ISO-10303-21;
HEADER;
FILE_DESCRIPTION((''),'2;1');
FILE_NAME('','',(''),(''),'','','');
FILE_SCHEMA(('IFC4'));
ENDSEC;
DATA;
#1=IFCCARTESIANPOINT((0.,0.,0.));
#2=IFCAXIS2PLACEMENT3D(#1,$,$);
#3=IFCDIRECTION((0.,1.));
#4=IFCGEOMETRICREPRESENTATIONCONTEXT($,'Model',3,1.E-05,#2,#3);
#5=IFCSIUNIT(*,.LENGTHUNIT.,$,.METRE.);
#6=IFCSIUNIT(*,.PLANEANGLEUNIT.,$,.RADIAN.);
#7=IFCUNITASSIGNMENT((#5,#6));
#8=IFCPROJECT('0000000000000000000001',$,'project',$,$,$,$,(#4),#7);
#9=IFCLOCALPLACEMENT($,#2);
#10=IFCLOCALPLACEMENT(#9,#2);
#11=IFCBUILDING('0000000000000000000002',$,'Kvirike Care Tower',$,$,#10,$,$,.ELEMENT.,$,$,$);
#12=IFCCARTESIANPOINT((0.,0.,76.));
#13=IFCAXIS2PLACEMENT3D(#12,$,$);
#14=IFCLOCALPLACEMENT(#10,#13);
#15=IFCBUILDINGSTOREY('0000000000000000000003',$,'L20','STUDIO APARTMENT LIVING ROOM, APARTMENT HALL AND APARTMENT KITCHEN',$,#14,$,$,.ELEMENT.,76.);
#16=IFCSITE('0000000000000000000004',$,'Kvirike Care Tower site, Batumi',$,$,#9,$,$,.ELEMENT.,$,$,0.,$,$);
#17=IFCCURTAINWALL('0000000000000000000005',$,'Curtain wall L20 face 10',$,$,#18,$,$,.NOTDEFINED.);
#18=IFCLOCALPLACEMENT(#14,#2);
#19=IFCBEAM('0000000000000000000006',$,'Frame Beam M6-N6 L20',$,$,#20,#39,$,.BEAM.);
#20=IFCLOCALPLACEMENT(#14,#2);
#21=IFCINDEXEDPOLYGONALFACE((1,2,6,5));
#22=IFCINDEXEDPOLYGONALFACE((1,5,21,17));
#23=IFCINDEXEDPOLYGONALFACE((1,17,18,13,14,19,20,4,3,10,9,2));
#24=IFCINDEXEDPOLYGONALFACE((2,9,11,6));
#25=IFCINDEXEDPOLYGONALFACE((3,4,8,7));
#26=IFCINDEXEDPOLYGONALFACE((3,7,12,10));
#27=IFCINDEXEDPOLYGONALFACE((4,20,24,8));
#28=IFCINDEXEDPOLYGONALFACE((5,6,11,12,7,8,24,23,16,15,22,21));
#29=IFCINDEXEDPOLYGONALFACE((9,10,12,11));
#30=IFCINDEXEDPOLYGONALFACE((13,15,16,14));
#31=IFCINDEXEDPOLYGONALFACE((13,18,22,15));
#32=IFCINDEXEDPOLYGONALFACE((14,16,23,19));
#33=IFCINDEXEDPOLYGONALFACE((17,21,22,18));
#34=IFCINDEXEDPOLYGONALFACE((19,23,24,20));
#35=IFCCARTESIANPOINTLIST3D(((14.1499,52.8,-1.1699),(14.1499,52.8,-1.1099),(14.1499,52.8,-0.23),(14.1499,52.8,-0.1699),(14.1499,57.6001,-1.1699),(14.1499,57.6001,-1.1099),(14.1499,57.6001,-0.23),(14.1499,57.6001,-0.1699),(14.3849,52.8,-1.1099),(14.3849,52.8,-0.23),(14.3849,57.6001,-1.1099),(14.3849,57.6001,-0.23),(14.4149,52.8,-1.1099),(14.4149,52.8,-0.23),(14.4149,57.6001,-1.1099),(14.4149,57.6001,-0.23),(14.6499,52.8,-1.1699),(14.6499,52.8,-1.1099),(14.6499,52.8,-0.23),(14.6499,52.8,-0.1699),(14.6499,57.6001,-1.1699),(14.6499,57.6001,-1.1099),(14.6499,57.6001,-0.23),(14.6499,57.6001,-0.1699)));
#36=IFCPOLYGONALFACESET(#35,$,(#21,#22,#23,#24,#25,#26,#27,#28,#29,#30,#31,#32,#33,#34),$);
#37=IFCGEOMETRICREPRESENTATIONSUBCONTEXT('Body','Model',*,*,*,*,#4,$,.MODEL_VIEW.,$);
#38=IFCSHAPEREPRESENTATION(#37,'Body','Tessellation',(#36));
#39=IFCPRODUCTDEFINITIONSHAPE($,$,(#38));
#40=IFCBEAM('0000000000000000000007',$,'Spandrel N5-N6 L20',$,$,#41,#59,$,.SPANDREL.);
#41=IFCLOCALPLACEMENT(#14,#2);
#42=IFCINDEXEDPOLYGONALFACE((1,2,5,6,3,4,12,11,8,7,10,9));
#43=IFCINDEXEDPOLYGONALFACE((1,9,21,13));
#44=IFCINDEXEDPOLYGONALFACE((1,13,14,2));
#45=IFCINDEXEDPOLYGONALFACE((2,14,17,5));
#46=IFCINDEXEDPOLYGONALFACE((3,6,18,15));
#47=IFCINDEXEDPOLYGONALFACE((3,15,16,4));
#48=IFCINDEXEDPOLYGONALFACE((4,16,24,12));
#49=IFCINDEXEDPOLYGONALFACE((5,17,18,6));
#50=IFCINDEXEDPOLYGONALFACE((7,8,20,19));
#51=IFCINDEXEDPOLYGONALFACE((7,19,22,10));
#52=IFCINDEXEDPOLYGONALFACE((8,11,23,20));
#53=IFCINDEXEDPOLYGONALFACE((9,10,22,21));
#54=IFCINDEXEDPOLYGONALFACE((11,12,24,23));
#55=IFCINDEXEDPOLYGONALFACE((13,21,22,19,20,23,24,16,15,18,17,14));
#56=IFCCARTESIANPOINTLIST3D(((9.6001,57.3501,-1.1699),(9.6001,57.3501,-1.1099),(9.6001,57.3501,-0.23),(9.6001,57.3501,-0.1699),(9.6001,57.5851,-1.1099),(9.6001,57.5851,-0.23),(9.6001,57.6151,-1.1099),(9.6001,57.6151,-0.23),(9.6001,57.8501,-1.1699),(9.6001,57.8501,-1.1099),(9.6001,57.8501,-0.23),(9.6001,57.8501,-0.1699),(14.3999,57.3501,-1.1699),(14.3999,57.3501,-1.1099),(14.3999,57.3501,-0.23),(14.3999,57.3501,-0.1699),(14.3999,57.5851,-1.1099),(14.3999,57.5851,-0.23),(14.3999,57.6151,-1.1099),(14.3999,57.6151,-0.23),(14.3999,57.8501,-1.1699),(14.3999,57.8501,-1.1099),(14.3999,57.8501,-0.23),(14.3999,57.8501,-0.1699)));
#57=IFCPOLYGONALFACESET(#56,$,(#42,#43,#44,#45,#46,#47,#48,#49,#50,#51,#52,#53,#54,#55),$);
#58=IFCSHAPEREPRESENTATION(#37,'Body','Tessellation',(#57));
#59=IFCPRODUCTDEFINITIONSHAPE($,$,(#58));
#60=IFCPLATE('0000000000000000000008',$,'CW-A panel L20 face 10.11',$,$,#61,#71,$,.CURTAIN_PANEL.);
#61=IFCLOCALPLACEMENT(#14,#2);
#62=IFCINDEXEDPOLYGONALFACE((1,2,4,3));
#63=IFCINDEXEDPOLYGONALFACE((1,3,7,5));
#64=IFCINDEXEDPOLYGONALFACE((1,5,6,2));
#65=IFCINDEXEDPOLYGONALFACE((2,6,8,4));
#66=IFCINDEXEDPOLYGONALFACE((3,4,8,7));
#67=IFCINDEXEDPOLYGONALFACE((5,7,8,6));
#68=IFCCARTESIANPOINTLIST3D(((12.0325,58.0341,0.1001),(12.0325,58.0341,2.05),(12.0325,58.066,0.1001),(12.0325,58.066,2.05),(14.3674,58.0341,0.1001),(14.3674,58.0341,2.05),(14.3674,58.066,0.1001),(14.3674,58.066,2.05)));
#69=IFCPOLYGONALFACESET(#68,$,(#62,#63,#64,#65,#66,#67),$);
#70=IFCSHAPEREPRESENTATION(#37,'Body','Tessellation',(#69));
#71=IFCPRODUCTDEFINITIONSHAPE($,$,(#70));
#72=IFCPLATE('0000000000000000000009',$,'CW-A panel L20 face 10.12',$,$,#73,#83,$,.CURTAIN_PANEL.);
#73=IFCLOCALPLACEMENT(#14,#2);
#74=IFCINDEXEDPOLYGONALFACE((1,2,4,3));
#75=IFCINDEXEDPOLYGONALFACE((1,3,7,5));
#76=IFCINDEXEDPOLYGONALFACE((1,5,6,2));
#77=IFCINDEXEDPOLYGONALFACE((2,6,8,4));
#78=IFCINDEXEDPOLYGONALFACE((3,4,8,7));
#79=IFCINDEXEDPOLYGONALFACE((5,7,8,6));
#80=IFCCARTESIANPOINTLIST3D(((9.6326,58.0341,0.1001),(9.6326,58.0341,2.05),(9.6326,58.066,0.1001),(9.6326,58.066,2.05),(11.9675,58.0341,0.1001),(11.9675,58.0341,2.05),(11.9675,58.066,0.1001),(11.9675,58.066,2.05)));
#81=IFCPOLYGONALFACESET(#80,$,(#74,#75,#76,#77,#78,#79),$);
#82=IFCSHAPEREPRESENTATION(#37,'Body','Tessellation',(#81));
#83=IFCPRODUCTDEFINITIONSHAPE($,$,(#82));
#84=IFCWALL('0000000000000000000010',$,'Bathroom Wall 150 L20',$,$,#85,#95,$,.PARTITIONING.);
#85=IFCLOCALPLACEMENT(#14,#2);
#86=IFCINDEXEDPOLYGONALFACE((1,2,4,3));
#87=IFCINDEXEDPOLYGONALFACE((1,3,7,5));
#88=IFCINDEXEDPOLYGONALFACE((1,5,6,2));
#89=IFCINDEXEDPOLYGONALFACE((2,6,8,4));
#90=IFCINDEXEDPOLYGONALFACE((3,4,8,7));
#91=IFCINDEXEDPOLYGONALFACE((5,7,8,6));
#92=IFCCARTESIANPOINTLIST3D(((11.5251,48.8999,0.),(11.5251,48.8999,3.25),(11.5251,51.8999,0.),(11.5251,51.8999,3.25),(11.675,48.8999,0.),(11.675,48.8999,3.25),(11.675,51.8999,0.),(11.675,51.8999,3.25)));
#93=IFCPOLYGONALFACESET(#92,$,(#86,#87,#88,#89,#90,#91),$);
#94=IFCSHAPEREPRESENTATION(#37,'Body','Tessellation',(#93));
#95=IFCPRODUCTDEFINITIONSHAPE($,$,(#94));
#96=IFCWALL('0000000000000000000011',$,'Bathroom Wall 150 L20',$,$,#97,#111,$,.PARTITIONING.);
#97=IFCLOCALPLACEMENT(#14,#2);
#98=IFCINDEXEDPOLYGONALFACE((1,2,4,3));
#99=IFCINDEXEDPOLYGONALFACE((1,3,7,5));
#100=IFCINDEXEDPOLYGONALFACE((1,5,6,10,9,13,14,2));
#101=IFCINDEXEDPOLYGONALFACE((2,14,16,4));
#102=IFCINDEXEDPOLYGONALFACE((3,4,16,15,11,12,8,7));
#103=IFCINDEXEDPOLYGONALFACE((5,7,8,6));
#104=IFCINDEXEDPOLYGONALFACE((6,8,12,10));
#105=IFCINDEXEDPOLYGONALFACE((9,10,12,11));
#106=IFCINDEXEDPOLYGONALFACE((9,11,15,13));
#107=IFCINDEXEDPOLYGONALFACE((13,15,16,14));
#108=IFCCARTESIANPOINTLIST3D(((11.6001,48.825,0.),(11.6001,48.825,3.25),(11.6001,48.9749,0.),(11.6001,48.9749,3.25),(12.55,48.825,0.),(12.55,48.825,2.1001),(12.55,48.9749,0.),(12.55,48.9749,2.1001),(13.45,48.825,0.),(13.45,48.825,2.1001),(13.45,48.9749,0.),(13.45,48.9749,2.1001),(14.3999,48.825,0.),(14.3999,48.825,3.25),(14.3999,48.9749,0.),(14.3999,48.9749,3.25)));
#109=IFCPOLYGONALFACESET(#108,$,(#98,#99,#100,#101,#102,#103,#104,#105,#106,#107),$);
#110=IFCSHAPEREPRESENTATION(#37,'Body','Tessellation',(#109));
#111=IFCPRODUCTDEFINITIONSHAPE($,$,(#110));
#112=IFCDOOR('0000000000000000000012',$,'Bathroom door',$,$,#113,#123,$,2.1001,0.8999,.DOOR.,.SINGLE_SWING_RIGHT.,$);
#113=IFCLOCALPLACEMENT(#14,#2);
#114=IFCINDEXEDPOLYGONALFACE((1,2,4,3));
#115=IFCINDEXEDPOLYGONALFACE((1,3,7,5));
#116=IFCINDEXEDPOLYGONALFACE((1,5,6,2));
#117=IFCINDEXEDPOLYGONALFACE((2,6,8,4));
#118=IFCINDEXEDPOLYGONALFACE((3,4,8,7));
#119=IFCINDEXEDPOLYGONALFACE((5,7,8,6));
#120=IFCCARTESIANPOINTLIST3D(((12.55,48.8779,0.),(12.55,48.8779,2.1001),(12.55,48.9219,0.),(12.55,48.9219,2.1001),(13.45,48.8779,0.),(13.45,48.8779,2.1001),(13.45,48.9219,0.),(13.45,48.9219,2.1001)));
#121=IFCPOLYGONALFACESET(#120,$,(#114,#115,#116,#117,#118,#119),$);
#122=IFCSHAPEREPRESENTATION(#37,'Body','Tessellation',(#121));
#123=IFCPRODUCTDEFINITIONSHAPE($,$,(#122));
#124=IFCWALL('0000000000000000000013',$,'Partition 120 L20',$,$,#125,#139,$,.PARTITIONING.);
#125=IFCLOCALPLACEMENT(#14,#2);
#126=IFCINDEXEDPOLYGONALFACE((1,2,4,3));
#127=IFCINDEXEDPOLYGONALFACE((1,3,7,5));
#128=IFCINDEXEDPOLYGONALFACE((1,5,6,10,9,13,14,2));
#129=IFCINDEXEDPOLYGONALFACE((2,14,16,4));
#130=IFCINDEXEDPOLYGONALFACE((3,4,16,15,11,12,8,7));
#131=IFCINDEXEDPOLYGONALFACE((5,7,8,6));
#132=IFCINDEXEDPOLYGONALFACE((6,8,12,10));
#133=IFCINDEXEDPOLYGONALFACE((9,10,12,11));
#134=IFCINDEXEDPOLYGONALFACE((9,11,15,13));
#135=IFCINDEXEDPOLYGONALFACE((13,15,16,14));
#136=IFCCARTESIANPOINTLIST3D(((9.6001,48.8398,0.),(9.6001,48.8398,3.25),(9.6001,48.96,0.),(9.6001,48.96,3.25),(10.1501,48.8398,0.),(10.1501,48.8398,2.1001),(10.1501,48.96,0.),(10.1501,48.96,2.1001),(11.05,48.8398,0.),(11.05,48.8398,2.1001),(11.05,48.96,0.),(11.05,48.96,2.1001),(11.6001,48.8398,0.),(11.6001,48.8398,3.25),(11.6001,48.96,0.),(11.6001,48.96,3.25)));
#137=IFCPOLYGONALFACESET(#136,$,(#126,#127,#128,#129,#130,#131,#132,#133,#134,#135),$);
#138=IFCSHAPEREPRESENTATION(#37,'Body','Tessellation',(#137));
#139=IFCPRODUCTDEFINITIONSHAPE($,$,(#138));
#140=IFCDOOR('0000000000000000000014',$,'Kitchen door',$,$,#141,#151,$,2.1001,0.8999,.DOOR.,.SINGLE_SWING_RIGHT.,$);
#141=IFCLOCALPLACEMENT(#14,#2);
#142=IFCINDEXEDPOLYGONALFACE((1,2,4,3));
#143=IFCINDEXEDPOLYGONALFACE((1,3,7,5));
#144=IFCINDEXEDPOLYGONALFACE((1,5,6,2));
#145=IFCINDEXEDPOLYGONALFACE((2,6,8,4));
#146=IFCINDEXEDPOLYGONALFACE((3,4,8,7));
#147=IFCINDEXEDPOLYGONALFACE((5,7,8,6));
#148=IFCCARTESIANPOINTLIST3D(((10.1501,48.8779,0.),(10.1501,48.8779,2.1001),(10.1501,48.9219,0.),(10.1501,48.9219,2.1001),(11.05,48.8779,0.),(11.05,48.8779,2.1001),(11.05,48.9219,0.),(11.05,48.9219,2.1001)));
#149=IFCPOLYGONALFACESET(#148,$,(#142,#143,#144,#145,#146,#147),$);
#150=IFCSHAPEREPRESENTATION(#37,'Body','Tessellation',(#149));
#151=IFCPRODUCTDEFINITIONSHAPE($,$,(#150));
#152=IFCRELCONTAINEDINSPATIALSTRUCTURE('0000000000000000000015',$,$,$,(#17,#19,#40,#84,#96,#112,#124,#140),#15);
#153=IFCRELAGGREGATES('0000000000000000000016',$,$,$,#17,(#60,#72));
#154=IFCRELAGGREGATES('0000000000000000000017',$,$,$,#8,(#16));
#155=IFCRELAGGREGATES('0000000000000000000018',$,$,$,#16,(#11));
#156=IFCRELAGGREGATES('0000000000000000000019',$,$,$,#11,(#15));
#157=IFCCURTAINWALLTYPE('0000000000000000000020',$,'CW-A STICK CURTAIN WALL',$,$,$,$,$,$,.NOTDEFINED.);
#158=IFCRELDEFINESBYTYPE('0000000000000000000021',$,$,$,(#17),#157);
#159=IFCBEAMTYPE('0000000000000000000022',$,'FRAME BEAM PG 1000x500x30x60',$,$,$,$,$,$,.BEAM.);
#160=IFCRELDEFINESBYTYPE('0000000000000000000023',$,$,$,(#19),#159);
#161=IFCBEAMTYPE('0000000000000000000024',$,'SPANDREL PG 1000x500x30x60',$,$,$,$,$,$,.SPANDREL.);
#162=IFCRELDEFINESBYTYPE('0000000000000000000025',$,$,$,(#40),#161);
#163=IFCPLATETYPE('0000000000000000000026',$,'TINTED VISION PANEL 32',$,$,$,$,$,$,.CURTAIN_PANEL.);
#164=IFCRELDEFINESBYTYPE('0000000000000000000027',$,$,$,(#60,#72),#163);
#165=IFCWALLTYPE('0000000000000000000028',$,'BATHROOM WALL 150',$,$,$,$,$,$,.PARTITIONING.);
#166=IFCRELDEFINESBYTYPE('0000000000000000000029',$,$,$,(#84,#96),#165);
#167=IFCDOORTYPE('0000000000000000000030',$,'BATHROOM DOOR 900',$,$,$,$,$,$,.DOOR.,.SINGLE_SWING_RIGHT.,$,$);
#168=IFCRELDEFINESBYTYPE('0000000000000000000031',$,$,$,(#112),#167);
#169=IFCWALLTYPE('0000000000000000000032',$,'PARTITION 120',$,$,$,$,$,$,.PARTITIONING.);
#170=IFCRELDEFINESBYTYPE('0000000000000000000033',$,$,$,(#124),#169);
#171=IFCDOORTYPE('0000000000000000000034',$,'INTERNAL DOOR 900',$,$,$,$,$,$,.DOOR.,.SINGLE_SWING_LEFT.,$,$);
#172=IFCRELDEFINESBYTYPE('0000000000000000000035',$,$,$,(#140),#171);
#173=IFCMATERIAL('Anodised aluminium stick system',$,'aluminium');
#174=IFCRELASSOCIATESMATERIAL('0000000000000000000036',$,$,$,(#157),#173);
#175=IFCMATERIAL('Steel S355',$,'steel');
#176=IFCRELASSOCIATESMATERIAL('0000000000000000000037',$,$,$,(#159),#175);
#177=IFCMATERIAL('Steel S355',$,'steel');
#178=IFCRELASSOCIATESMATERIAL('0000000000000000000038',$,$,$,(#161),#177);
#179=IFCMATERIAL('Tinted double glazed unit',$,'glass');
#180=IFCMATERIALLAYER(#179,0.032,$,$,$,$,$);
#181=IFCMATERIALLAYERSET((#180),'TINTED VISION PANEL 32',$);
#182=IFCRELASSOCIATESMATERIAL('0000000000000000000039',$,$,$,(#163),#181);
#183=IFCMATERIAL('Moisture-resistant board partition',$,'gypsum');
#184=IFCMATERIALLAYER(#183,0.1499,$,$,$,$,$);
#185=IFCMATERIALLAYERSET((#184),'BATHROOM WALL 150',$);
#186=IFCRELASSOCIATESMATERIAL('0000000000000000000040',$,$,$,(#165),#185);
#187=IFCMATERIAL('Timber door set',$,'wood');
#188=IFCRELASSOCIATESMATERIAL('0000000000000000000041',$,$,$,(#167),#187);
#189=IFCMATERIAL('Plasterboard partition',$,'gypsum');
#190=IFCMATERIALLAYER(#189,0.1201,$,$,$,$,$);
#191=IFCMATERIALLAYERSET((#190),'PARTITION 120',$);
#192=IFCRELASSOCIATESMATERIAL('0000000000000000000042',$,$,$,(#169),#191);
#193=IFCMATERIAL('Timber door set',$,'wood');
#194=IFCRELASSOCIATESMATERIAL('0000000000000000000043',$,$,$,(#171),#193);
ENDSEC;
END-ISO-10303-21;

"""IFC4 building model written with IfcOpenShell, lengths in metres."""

from ifc_helpers import new_model, si_unit, direction, frame, frame_2d, origin, origin_2d, place, context, subcontext, project, spatial, rectangle, i_section, extrude, material, layer, layer_set, material_profile, profile_set, type_object, element, fill, aggregate, save


model = new_model("IFC4")

# Units and contexts
model_context = context("Model", 3, precision=1e-05, world=origin(), true_north=direction((0.0, 1.0)))
body_context = subcontext(model_context, "Body", "Model", "MODEL_VIEW")
ifc_project = project(units=[si_unit("LENGTHUNIT", "METRE"), si_unit("PLANEANGLEUNIT", "RADIAN")], contexts=[model_context])

# Site, building, storey
site_placement = place(None, origin())
site = spatial("IfcSite", under=ifc_project, at=site_placement, Name="Kvirike Care Tower site, Batumi", CompositionType="ELEMENT", RefElevation=0.0)
building_placement = place(site_placement, origin())
building = spatial("IfcBuilding", under=site, at=building_placement, Name="Kvirike Care Tower", CompositionType="ELEMENT")
storey_placement = place(building_placement, frame((0.0, 0.0, 76.0)))
storey = spatial("IfcBuildingStorey", under=building, at=storey_placement, Name="L20", Description="STUDIO APARTMENT LIVING ROOM, APARTMENT HALL AND APARTMENT KITCHEN", CompositionType="ELEMENT", Elevation=76.0)

# Curtain wall
ifc_material_1 = material(Name="Anodised aluminium stick system", Category="aluminium")
curtain_wall_type = type_object("IfcCurtainWallType", Name="CW-A STICK CURTAIN WALL", PredefinedType="NOTDEFINED", material=ifc_material_1)
curtain_wall_placement = place(storey_placement, origin())
curtain_wall = element("IfcCurtainWall", 1, at=curtain_wall_placement, inside=storey, type_object=curtain_wall_type, Name="Curtain wall L20 face 10", PredefinedType="NOTDEFINED")

# Beams
ifc_material_2 = material(Name="Steel S355", Category="steel")
ifc_material_profile_1 = material_profile(ifc_material_2, i_section(OverallWidth=0.5, OverallDepth=1.0, WebThickness=0.03, FlangeThickness=0.0601, at=origin_2d()), Name="PG 1000x500x30x60")
ifc_profile_set_1 = profile_set([ifc_material_profile_1], Name="Steel S355")
beam_type_1 = type_object("IfcBeamType", Name="FRAME BEAM PG 1000x500x30x60", PredefinedType="BEAM", material=ifc_profile_set_1)
beam_1_placement = place(storey_placement, frame((14.3999, 52.8, -0.6699), z_axis=(0.0, 1.0, 0.0), x_axis=(-1.0, 0.0, 0.0)))
element("IfcBeam", 2, at=beam_1_placement, inside=storey, type_object=beam_type_1, Name="Frame Beam M6-N6 L20", PredefinedType="BEAM", context=body_context, shape_type="SweptSolid", body=[
    extrude(i_section(OverallWidth=0.5, OverallDepth=1.0, WebThickness=0.03, FlangeThickness=0.0601, at=origin_2d()), origin(), (0.0, 0.0, 1.0), 4.8),
])
ifc_material_3 = material(Name="Steel S355", Category="steel")
ifc_material_profile_2 = material_profile(ifc_material_3, i_section(OverallWidth=0.5, OverallDepth=1.0, WebThickness=0.03, FlangeThickness=0.0601, at=origin_2d()), Name="PG 1000x500x30x60")
ifc_profile_set_2 = profile_set([ifc_material_profile_2], Name="Steel S355")
beam_type_2 = type_object("IfcBeamType", Name="SPANDREL PG 1000x500x30x60", PredefinedType="SPANDREL", material=ifc_profile_set_2)
beam_2_placement = place(storey_placement, frame((9.6001, 57.6001, -0.6699), z_axis=(1.0, 0.0, 0.0), x_axis=(0.0, 1.0, 0.0)))
element("IfcBeam", 3, at=beam_2_placement, inside=storey, type_object=beam_type_2, Name="Spandrel N5-N6 L20", PredefinedType="SPANDREL", context=body_context, shape_type="SweptSolid", body=[
    extrude(i_section(OverallWidth=0.5, OverallDepth=1.0, WebThickness=0.03, FlangeThickness=0.0601, at=origin_2d()), origin(), (0.0, 0.0, 1.0), 4.7998),
])

# Plates
ifc_material_4 = material(Name="Tinted double glazed unit", Category="glass")
ifc_layer_1 = layer(ifc_material_4, 0.032)
ifc_layer_set_1 = layer_set([ifc_layer_1], Name="TINTED VISION PANEL 32")
plate_type = type_object("IfcPlateType", Name="TINTED VISION PANEL 32", PredefinedType="CURTAIN_PANEL", material=ifc_layer_set_1)
plate_1_placement = place(storey_placement, frame((13.2, 58.05, 0.1001), z_axis=(0.0, 0.0, 1.0), x_axis=(-1.0, 0.0, 0.0)))
plate_1 = element("IfcPlate", 4, at=plate_1_placement, type_object=plate_type, Name="CW-A panel L20 face 10.11", PredefinedType="CURTAIN_PANEL", context=body_context, shape_type="SweptSolid", body=[
    extrude(rectangle(XDim=2.335, YDim=0.032, at=origin_2d()), origin(), (0.0, 0.0, 1.0), 1.95),
])
plate_2_placement = place(storey_placement, frame((10.8, 58.05, 0.1001), z_axis=(0.0, 0.0, 1.0), x_axis=(-1.0, 0.0, 0.0)))
plate_2 = element("IfcPlate", 5, at=plate_2_placement, type_object=plate_type, Name="CW-A panel L20 face 10.12", PredefinedType="CURTAIN_PANEL", context=body_context, shape_type="SweptSolid", body=[
    extrude(rectangle(XDim=2.335, YDim=0.032, at=origin_2d()), origin(), (0.0, 0.0, 1.0), 1.95),
])
aggregate(curtain_wall, [plate_1, plate_2])

# Wall
ifc_material_5 = material(Name="Moisture-resistant board partition", Category="gypsum")
ifc_layer_2 = layer(ifc_material_5, 0.1499)
ifc_layer_set_2 = layer_set([ifc_layer_2], Name="BATHROOM WALL 150")
wall_type_1 = type_object("IfcWallType", Name="BATHROOM WALL 150", PredefinedType="PARTITIONING", material=ifc_layer_set_2)
wall_1_placement = place(storey_placement, frame((11.6001, 51.8999, 0.0), z_axis=(0.0, 0.0, 1.0), x_axis=(0.0, -1.0, 0.0)))
element("IfcWall", 6, at=wall_1_placement, inside=storey, type_object=wall_type_1, Name="Bathroom Wall 150 L20", PredefinedType="PARTITIONING", context=body_context, shape_type="SweptSolid", body=[
    extrude(rectangle(XDim=3.0, YDim=0.1499, at=frame_2d((1.5, 0.0))), origin(), (0.0, 0.0, 1.0), 3.25),
])

# Walls, openings, doors
wall_2_placement = place(storey_placement, frame((14.3999, 48.8999, 0.0), z_axis=(0.0, 0.0, 1.0), x_axis=(-1.0, 0.0, 0.0)))
wall_2 = element("IfcWall", 7, at=wall_2_placement, inside=storey, type_object=wall_type_1, Name="Bathroom Wall 150 L20", PredefinedType="PARTITIONING", context=body_context, shape_type="SweptSolid", body=[
    extrude(rectangle(XDim=2.7998, YDim=0.1499, at=frame_2d((1.3999, 0.0))), origin(), (0.0, 0.0, 1.0), 3.25),
])
opening_1_placement = place(wall_2_placement, frame((0.95, 0.0, 0.0)))
opening_1 = element("IfcOpeningElement", 8, at=opening_1_placement, cuts=wall_2, PredefinedType="OPENING", context=body_context, shape_type="SweptSolid", body=[
    extrude(rectangle(XDim=0.8999, YDim=2.1001, at=frame_2d((0.45, 1.05))), frame((0.0, 0.0854, 0.0), z_axis=(0.0, -1.0, 0.0), x_axis=(1.0, 0.0, 0.0)), (0.0, 0.0, 1.0), 0.1709),
])
ifc_material_6 = material(Name="Timber door set", Category="wood")
door_type_1 = type_object("IfcDoorType", Name="BATHROOM DOOR 900", OperationType="SINGLE_SWING_RIGHT", PredefinedType="DOOR", material=ifc_material_6)
door_1_placement = place(opening_1_placement, frame((0.8999, 0.0, 0.0), z_axis=(0.0, 0.0, 1.0), x_axis=(-1.0, 0.0, 0.0)))
door_1 = element("IfcDoor", 9, at=door_1_placement, inside=storey, type_object=door_type_1, Name="Bathroom door", OperationType="SINGLE_SWING_RIGHT", OverallHeight=2.1001, OverallWidth=0.8999, PredefinedType="DOOR", context=body_context, shape_type="SweptSolid", body=[
    extrude(rectangle(XDim=0.8999, YDim=2.1001, at=frame_2d((0.45, 1.05))), frame((0.0, 0.022, 0.0), z_axis=(0.0, -1.0, 0.0), x_axis=(1.0, 0.0, 0.0)), (0.0, 0.0, 1.0), 0.0439),
])
fill(opening_1, door_1)
ifc_material_7 = material(Name="Plasterboard partition", Category="gypsum")
ifc_layer_3 = layer(ifc_material_7, 0.1201)
ifc_layer_set_3 = layer_set([ifc_layer_3], Name="PARTITION 120")
wall_type_2 = type_object("IfcWallType", Name="PARTITION 120", PredefinedType="PARTITIONING", material=ifc_layer_set_3)
wall_3_placement = place(storey_placement, frame((11.6001, 48.8999, 0.0), z_axis=(0.0, 0.0, 1.0), x_axis=(-1.0, 0.0, 0.0)))
wall_3 = element("IfcWall", 10, at=wall_3_placement, inside=storey, type_object=wall_type_2, Name="Partition 120 L20", PredefinedType="PARTITIONING", context=body_context, shape_type="SweptSolid", body=[
    extrude(rectangle(XDim=2.0, YDim=0.1201, at=frame_2d((1.0, 0.0))), origin(), (0.0, 0.0, 1.0), 3.25),
])
opening_2_placement = place(wall_3_placement, frame((0.55, 0.0, 0.0)))
opening_2 = element("IfcOpeningElement", 11, at=opening_2_placement, cuts=wall_3, PredefinedType="OPENING", context=body_context, shape_type="SweptSolid", body=[
    extrude(rectangle(XDim=0.8999, YDim=2.1001, at=frame_2d((0.45, 1.05))), frame((0.0, 0.0706, 0.0), z_axis=(0.0, -1.0, 0.0), x_axis=(1.0, 0.0, 0.0)), (0.0, 0.0, 1.0), 0.1411),
])
ifc_material_8 = material(Name="Timber door set", Category="wood")
door_type_2 = type_object("IfcDoorType", Name="INTERNAL DOOR 900", OperationType="SINGLE_SWING_LEFT", PredefinedType="DOOR", material=ifc_material_8)
door_2_placement = place(opening_2_placement, frame((0.8999, 0.0, 0.0), z_axis=(0.0, 0.0, 1.0), x_axis=(-1.0, 0.0, 0.0)))
door_2 = element("IfcDoor", 12, at=door_2_placement, inside=storey, type_object=door_type_2, Name="Kitchen door", OperationType="SINGLE_SWING_RIGHT", OverallHeight=2.1001, OverallWidth=0.8999, PredefinedType="DOOR", context=body_context, shape_type="SweptSolid", body=[
    extrude(rectangle(XDim=0.8999, YDim=2.1001, at=frame_2d((0.45, 1.05))), frame((0.0, 0.022, 0.0), z_axis=(0.0, -1.0, 0.0), x_axis=(1.0, 0.0, 0.0)), (0.0, 0.0, 1.0), 0.0439),
])
fill(opening_2, door_2)

save(model, "model.ifc")
